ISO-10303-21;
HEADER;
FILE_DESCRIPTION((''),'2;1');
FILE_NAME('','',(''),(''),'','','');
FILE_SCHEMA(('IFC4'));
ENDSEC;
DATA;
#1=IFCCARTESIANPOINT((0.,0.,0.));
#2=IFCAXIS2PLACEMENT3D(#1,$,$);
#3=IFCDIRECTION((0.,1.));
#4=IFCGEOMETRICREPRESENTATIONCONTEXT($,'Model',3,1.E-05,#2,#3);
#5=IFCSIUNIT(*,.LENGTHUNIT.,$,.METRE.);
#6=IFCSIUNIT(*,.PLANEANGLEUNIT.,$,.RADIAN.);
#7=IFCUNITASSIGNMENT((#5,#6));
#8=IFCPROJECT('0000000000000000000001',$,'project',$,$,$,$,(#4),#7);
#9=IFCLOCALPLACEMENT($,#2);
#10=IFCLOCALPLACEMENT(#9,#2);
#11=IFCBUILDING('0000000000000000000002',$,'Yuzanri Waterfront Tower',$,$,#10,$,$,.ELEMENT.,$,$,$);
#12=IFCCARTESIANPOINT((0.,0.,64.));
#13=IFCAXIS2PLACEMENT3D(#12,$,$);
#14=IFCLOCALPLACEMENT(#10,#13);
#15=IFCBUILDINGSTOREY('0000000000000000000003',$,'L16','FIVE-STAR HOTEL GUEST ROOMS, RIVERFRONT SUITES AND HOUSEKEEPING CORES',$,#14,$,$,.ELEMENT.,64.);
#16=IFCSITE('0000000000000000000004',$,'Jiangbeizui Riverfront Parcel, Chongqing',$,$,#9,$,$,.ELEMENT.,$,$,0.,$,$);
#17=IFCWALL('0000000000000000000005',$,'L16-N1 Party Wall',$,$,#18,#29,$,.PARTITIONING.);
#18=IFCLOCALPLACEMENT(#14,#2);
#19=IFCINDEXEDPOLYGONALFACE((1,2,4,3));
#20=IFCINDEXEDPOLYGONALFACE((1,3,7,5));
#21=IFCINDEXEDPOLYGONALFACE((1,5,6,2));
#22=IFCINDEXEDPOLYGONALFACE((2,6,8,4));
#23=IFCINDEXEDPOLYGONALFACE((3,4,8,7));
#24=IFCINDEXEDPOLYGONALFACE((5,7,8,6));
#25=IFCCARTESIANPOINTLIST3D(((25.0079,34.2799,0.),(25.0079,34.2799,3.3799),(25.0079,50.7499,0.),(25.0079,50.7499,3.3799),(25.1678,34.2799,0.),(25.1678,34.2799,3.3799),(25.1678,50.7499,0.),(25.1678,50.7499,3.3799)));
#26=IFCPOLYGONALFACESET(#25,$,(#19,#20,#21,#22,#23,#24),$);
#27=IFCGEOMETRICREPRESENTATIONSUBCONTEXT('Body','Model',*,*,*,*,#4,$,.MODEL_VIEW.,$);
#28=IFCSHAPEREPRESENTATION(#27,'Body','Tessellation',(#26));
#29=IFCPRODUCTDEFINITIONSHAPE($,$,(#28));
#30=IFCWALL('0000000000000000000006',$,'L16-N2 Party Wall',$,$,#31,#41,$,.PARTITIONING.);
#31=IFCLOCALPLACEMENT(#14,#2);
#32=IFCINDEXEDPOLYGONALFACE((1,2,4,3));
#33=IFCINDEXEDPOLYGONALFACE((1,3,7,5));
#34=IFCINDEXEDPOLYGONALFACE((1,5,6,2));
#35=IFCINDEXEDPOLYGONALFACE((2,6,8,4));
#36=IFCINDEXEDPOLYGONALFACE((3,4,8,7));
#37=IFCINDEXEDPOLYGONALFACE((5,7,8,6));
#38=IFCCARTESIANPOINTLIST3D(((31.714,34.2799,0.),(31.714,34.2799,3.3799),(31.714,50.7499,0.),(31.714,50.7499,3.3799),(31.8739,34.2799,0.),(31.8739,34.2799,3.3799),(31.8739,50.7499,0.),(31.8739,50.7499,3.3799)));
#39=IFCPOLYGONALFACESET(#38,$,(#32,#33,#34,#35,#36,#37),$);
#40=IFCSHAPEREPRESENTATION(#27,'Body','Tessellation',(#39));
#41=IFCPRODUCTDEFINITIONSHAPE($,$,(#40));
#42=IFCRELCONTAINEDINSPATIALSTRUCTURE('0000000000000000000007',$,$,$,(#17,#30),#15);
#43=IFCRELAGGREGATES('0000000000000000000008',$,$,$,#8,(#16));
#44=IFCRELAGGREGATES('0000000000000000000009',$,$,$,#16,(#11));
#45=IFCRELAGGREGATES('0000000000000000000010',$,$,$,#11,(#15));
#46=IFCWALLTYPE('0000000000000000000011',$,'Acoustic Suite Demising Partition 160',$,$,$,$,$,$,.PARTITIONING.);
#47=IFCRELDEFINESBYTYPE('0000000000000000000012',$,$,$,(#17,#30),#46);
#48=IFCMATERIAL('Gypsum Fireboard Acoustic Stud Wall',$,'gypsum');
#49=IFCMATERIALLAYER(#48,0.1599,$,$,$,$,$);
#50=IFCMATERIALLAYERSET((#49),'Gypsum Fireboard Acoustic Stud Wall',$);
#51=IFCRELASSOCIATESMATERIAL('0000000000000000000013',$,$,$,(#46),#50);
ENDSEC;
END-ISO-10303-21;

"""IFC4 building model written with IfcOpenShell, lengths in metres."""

from ifc_helpers import new_model, si_unit, direction, frame, frame_2d, origin, place, context, subcontext, project, spatial, rectangle, extrude, source, transform, mapped, material, layer, layer_set, type_object, element, save


model = new_model("IFC4")

# Units and contexts
model_context = context("Model", 3, precision=1e-05, world=origin(), true_north=direction((0.0, 1.0)))
body_context = subcontext(model_context, "Body", "Model", "MODEL_VIEW")
ifc_project = project(units=[si_unit("LENGTHUNIT", "METRE"), si_unit("PLANEANGLEUNIT", "RADIAN")], contexts=[model_context])

# Site, building, storey
site_placement = place(None, origin())
site = spatial("IfcSite", under=ifc_project, at=site_placement, Name="Jiangbeizui Riverfront Parcel, Chongqing", CompositionType="ELEMENT", RefElevation=0.0)
building_placement = place(site_placement, origin())
building = spatial("IfcBuilding", under=site, at=building_placement, Name="Yuzanri Waterfront Tower", CompositionType="ELEMENT")
storey_placement = place(building_placement, frame((0.0, 0.0, 64.0)))
storey = spatial("IfcBuildingStorey", under=building, at=storey_placement, Name="L16", Description="FIVE-STAR HOTEL GUEST ROOMS, RIVERFRONT SUITES AND HOUSEKEEPING CORES", CompositionType="ELEMENT", Elevation=64.0)

# Walls
ifc_material_1 = material(Name="Gypsum Fireboard Acoustic Stud Wall", Category="gypsum")
ifc_layer_1 = layer(ifc_material_1, 0.1599)
ifc_layer_set_1 = layer_set([ifc_layer_1], Name="Gypsum Fireboard Acoustic Stud Wall")
wall_type_1 = type_object("IfcWallType", Name="Acoustic Suite Demising Partition 160", PredefinedType="PARTITIONING", material=ifc_layer_set_1)
shared_shape_1 = source(origin(), body_context, "Body", "SweptSolid", [
    extrude(rectangle(XDim=16.47, YDim=0.1599, at=frame_2d((8.2349, 0.0))), origin(), (0.0, 0.0, 1.0), 3.3799),
])
for number, where, z_axis, x_axis, name in (
    (1, (25.0879, 34.28, 0.0), (0.0, 0.0, 1.0), (0.0, 1.0, 0.0), "L16-N1 Party Wall"),
    (2, (31.7939, 34.28, 0.0), (0.0, 0.0, 1.0), (0.0, 1.0, 0.0), "L16-N2 Party Wall"),
):
    element("IfcWall", number, at=place(storey_placement, frame(where, z_axis=z_axis, x_axis=x_axis)), inside=storey, type_object=wall_type_1, Name=name, PredefinedType="PARTITIONING", context=body_context, shape_type="MappedRepresentation", body=[
        mapped(shared_shape_1, transform((0.0, 0.0, 0.0), scale=1.0)),
    ])

save(model, "model.ifc")
